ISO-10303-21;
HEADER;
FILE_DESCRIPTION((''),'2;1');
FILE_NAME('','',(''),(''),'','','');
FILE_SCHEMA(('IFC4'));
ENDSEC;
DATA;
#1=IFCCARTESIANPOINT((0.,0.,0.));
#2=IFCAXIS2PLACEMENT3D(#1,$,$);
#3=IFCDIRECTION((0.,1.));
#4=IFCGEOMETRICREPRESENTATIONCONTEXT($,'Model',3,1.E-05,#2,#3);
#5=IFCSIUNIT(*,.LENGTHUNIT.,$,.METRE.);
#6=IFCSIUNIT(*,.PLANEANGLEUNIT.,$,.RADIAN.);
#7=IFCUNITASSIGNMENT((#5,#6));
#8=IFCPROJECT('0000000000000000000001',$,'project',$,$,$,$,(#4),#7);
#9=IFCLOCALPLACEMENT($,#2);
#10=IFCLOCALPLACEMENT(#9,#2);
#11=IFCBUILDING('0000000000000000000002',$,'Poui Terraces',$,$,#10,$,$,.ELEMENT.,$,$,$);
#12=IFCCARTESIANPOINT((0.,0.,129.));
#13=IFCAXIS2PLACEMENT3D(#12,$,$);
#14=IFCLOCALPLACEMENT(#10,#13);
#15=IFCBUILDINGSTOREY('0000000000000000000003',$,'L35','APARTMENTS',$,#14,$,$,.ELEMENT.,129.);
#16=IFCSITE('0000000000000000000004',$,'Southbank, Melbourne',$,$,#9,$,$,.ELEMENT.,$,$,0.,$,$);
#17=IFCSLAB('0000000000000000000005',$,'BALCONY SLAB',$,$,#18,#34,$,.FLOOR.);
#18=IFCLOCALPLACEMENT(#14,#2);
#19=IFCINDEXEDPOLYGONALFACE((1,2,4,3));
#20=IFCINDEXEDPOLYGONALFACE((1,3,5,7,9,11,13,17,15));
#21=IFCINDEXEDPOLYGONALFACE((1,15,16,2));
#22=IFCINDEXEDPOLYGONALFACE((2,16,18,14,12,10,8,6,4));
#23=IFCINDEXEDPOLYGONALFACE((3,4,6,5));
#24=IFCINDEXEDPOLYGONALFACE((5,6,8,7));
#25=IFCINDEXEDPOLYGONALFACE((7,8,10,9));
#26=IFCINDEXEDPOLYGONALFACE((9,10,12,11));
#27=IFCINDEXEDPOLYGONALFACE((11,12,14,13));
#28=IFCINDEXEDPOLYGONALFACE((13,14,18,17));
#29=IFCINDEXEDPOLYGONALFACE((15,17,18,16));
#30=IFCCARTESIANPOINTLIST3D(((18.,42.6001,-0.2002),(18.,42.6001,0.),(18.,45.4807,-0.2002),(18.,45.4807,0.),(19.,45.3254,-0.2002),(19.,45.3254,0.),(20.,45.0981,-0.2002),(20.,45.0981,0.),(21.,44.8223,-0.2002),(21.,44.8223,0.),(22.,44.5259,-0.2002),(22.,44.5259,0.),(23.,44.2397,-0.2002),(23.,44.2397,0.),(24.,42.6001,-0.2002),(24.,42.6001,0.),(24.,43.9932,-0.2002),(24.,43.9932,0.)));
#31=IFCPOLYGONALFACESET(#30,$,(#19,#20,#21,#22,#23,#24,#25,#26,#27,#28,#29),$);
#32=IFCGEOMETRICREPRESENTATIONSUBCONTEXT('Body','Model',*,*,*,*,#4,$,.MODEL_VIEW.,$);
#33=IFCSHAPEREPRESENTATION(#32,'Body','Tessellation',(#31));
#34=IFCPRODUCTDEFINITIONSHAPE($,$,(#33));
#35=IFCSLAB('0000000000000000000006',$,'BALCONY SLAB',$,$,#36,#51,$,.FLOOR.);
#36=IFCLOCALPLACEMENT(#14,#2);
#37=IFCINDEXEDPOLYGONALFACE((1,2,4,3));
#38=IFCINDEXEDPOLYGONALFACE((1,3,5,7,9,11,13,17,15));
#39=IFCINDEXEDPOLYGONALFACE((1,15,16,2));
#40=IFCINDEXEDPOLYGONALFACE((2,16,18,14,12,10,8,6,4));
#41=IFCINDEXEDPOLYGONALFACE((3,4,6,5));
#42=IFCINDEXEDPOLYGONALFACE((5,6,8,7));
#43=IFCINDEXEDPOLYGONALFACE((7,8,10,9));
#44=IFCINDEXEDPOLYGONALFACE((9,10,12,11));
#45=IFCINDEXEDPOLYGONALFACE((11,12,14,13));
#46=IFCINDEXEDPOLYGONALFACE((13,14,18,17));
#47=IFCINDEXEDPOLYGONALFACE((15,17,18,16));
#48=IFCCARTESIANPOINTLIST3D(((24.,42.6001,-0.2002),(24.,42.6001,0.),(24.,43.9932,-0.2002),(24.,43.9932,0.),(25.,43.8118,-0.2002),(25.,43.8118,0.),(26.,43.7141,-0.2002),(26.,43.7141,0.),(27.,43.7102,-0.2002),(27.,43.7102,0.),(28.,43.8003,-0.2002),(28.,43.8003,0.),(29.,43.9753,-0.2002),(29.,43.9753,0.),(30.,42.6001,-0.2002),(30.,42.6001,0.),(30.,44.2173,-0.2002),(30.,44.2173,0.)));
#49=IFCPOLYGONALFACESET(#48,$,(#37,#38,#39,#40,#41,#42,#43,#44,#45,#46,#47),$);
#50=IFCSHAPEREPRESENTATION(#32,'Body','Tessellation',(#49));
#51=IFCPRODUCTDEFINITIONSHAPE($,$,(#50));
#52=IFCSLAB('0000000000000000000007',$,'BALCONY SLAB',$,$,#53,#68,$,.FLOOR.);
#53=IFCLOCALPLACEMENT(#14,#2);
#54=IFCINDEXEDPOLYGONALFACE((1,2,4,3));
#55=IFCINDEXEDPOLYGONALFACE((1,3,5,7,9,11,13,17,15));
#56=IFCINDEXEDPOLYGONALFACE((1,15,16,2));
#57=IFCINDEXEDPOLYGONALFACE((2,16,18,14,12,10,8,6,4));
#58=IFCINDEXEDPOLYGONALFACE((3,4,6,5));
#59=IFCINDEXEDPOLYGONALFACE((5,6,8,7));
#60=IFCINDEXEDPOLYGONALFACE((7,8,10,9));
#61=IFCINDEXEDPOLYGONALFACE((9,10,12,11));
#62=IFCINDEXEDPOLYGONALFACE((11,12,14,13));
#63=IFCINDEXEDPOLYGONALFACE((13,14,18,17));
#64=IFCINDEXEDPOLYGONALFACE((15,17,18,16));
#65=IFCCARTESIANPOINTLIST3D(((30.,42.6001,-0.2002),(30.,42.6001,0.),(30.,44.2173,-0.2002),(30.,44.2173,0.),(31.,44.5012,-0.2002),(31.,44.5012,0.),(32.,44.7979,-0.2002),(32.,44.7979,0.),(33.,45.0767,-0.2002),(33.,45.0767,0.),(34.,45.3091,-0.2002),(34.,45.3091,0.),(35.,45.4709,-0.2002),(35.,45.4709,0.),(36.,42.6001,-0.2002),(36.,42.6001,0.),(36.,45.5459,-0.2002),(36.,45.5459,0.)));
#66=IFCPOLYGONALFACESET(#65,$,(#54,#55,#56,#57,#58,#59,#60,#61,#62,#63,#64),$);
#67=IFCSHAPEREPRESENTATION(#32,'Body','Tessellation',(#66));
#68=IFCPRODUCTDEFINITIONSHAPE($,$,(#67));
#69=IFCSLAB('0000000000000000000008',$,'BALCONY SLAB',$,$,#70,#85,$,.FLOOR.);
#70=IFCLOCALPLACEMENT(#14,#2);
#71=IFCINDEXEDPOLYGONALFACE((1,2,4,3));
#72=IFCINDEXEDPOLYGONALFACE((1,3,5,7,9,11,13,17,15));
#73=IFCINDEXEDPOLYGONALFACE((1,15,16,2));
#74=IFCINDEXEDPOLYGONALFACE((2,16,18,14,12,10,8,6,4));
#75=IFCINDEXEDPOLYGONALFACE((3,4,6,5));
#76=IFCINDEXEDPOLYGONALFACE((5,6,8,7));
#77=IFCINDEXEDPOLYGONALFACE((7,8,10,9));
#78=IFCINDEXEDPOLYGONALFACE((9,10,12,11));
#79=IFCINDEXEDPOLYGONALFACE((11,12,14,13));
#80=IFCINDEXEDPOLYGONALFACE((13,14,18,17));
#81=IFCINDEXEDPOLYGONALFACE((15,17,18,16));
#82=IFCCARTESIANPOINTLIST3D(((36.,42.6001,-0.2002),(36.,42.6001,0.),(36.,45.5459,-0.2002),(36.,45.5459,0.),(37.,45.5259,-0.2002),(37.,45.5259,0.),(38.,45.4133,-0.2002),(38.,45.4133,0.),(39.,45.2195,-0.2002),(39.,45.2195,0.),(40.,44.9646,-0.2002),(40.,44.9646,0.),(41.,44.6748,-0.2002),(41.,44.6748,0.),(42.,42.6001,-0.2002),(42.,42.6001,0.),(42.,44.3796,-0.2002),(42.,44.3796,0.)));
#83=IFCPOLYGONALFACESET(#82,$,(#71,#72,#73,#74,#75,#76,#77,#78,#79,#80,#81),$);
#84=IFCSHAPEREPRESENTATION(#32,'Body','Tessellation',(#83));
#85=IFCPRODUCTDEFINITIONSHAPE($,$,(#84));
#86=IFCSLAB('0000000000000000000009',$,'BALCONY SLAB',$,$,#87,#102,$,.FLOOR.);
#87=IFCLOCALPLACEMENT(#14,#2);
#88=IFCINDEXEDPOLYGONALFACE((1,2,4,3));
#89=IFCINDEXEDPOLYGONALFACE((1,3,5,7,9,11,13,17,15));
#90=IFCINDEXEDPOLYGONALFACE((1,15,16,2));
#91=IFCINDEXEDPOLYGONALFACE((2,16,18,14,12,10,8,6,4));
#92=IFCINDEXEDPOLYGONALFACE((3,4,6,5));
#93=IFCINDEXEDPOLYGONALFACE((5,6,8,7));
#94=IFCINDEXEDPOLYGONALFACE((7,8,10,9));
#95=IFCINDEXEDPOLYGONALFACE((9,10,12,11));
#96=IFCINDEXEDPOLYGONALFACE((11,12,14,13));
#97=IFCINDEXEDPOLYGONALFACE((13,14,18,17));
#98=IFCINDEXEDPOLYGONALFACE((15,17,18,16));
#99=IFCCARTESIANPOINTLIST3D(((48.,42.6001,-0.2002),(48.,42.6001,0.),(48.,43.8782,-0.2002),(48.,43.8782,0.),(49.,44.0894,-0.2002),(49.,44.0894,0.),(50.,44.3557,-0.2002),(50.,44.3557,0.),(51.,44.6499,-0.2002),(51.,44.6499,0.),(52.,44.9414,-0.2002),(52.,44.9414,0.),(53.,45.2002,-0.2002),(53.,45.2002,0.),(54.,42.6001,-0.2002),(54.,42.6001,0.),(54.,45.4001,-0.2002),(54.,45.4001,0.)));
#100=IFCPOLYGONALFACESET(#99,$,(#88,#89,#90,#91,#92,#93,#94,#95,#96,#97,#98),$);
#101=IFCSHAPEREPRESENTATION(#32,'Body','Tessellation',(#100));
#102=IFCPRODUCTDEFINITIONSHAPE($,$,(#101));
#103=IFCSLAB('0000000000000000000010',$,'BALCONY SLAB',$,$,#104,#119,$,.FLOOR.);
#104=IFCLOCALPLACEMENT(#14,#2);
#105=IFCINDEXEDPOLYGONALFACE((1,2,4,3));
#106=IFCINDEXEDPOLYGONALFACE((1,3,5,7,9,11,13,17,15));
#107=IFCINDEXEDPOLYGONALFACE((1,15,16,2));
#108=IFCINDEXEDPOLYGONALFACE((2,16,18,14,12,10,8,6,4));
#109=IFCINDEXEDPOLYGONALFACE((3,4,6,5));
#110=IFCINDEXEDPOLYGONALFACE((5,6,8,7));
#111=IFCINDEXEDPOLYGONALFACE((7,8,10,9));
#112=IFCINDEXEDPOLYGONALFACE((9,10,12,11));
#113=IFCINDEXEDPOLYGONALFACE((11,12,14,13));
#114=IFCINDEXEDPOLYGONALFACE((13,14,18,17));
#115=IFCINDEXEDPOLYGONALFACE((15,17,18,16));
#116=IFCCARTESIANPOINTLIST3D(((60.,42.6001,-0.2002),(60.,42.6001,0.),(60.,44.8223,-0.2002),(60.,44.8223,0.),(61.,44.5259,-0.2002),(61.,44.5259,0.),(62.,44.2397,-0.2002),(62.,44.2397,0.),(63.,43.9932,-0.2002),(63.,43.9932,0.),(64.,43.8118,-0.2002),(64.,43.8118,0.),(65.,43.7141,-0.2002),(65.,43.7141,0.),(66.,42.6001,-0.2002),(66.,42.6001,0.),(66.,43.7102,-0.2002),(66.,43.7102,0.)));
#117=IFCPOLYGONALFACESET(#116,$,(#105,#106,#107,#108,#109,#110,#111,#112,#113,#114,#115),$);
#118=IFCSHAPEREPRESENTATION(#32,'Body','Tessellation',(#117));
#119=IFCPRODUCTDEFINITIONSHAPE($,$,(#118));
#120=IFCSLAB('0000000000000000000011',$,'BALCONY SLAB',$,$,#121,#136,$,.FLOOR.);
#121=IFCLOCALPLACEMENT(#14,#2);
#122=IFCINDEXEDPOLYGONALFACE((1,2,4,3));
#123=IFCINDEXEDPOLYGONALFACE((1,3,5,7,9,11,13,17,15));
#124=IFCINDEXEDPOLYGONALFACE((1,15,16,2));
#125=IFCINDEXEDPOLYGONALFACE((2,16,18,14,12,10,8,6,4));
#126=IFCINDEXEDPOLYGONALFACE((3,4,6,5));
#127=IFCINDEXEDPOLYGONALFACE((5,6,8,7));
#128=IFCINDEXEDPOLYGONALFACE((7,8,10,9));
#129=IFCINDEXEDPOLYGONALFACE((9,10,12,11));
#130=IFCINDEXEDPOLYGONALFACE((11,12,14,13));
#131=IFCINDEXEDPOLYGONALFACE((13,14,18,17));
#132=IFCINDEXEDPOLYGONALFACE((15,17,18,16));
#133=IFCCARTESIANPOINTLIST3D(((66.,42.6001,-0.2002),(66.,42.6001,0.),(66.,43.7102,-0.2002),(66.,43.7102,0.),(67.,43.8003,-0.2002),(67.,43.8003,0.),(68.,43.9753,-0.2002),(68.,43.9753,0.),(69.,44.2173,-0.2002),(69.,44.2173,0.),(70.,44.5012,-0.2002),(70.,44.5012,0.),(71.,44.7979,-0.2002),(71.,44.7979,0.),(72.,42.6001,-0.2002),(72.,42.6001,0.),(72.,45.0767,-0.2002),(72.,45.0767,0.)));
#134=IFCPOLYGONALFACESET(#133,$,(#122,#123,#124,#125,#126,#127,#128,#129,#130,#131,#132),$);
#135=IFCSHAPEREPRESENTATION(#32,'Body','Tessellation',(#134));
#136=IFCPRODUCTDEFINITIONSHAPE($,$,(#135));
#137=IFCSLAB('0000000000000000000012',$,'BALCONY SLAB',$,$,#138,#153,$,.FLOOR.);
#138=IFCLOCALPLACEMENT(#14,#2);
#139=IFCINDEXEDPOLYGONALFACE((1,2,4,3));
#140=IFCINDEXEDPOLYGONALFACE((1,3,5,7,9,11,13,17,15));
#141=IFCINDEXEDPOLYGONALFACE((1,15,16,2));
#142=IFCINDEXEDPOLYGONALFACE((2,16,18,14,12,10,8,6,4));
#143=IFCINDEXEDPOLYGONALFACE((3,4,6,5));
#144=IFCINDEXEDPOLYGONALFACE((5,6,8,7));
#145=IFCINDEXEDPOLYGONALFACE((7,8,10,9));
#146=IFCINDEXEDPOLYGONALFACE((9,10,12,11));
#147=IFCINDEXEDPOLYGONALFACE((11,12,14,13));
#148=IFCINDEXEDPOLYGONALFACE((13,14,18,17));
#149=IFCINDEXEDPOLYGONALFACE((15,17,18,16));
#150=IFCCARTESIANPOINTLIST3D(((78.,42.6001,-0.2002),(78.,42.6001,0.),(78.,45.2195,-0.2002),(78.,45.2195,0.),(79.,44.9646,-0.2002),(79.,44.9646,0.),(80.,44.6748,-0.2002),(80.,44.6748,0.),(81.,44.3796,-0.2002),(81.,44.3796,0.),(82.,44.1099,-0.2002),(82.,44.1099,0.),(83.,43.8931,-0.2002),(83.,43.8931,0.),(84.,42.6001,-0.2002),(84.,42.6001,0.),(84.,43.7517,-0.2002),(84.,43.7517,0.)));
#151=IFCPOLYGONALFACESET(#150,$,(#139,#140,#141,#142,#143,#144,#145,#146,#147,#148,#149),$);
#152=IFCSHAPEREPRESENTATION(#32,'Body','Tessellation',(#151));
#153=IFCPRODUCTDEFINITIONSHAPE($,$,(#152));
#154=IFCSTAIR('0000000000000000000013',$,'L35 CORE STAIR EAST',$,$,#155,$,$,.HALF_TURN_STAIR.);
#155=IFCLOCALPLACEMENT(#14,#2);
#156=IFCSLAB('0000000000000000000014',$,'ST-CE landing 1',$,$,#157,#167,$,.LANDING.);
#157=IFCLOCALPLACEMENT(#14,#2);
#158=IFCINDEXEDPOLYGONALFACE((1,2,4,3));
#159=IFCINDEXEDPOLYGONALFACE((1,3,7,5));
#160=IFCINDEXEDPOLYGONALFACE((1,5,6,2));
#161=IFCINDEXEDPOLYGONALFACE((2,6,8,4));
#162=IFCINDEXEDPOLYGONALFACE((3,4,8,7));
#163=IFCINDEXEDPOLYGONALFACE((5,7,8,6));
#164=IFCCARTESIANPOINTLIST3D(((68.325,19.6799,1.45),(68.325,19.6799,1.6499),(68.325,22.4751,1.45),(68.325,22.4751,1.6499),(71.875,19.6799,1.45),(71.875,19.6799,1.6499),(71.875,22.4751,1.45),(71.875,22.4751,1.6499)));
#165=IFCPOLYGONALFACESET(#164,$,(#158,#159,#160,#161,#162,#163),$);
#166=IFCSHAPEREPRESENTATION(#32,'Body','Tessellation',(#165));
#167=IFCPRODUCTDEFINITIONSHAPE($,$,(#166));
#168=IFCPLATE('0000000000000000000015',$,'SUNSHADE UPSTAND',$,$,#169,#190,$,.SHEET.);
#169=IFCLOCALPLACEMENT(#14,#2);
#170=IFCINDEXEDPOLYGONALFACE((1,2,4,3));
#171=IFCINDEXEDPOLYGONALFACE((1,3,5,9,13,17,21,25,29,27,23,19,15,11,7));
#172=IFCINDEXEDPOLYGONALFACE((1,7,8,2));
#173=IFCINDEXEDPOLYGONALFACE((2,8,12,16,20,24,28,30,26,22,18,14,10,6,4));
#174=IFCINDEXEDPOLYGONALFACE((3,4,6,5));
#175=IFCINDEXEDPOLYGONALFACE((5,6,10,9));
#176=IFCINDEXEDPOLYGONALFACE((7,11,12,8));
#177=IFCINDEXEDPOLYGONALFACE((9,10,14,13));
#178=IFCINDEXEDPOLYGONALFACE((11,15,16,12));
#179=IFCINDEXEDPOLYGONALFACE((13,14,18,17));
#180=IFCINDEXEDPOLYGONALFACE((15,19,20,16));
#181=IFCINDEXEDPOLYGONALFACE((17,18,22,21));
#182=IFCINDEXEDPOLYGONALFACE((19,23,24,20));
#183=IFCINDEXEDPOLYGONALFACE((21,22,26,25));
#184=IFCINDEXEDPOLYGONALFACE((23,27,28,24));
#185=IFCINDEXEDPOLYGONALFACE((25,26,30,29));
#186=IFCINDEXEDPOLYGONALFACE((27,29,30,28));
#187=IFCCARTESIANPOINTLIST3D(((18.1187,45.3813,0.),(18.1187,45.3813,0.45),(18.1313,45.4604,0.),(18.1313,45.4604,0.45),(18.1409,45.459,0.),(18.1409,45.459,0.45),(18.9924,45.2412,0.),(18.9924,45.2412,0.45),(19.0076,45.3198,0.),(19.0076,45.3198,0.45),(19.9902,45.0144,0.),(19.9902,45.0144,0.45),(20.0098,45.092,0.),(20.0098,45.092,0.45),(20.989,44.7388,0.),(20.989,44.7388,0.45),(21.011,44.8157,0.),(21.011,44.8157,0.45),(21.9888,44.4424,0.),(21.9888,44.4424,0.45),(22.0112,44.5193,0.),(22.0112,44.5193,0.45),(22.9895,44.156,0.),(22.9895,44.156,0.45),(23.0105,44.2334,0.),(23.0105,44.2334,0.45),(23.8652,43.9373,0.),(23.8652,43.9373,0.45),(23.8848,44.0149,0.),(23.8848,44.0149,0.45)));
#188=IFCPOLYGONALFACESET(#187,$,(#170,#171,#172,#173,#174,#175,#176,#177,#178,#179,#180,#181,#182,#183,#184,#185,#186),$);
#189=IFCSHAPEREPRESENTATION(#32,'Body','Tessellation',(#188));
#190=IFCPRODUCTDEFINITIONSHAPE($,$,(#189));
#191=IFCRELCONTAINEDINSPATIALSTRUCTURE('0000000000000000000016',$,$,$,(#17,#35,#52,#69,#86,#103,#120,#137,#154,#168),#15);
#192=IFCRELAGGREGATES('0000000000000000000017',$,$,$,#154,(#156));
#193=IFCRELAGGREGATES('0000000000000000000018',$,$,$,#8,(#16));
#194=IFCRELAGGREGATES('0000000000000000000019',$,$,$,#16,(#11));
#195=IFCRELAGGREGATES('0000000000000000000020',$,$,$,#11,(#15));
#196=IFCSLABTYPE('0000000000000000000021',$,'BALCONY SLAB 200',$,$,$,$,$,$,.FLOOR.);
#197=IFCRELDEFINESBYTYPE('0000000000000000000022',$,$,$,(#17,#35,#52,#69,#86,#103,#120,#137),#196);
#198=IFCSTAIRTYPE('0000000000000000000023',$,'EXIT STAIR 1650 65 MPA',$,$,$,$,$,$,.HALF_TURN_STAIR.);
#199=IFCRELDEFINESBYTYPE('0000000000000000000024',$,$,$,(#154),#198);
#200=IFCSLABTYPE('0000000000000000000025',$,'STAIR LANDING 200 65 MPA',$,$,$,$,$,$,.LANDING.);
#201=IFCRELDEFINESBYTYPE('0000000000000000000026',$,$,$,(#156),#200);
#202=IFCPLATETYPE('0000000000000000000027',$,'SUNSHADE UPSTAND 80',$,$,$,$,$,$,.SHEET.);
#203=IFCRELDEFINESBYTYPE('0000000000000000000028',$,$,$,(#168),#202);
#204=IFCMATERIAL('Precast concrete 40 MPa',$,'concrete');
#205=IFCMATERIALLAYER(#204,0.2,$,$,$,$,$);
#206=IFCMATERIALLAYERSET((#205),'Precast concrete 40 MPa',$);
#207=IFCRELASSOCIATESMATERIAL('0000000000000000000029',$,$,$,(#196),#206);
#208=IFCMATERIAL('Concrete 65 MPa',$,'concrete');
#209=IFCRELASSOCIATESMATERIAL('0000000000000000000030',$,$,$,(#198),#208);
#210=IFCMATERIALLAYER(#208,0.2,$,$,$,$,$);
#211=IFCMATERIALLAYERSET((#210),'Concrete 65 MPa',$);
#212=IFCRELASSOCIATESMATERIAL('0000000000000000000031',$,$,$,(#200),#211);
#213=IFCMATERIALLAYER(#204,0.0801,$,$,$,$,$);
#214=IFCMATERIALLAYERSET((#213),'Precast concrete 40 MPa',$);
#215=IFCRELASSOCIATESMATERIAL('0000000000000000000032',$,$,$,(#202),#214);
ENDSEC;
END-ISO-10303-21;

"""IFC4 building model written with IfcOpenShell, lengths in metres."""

from ifc_helpers import new_model, si_unit, direction, frame, origin, place, context, subcontext, project, spatial, polyline, outline, extrude, material, layer, layer_set, type_object, element, aggregate, save


model = new_model("IFC4")

# Units and contexts
model_context = context("Model", 3, precision=1e-05, world=origin(), true_north=direction((0.0, 1.0)))
body_context = subcontext(model_context, "Body", "Model", "MODEL_VIEW")
ifc_project = project(units=[si_unit("LENGTHUNIT", "METRE"), si_unit("PLANEANGLEUNIT", "RADIAN")], contexts=[model_context])

# Site, building, storey
site_placement = place(None, origin())
site = spatial("IfcSite", under=ifc_project, at=site_placement, Name="Southbank, Melbourne", CompositionType="ELEMENT", RefElevation=0.0)
building_placement = place(site_placement, origin())
building = spatial("IfcBuilding", under=site, at=building_placement, Name="Poui Terraces", CompositionType="ELEMENT")
storey_placement = place(building_placement, frame((0.0, 0.0, 129.0)))
storey = spatial("IfcBuildingStorey", under=building, at=storey_placement, Name="L35", Description="APARTMENTS", CompositionType="ELEMENT", Elevation=129.0)

# Slabs
ifc_material_1 = material(Name="Precast concrete 40 MPa", Category="concrete")
ifc_layer_1 = layer(ifc_material_1, 0.2)
ifc_layer_set_1 = layer_set([ifc_layer_1], Name="Precast concrete 40 MPa")
slab_type_1 = type_object("IfcSlabType", Name="BALCONY SLAB 200", PredefinedType="FLOOR", material=ifc_layer_set_1)
slab_1_placement = place(storey_placement, frame((0.0, 0.0, -0.2002)))
element("IfcSlab", 1, at=slab_1_placement, inside=storey, type_object=slab_type_1, Name="BALCONY SLAB", PredefinedType="FLOOR", context=body_context, shape_type="SweptSolid", body=[
    extrude(outline(polyline([(18.0, 42.6001), (24.0, 42.6001), (24.0, 43.9932), (23.0, 44.2397), (22.0, 44.5259), (21.0, 44.8223), (20.0, 45.0981), (19.0, 45.3254), (18.0, 45.4807), (18.0, 42.6001)])), origin(), (0.0, 0.0, 1.0), 0.2002),
])
slab_2_placement = place(storey_placement, frame((0.0, 0.0, -0.2002)))
element("IfcSlab", 2, at=slab_2_placement, inside=storey, type_object=slab_type_1, Name="BALCONY SLAB", PredefinedType="FLOOR", context=body_context, shape_type="SweptSolid", body=[
    extrude(outline(polyline([(24.0, 42.6001), (30.0, 42.6001), (30.0, 44.2173), (29.0, 43.9753), (28.0, 43.8003), (27.0, 43.7102), (26.0, 43.7141), (25.0, 43.8118), (24.0, 43.9932), (24.0, 42.6001)])), origin(), (0.0, 0.0, 1.0), 0.2002),
])
slab_3_placement = place(storey_placement, frame((0.0, 0.0, -0.2002)))
element("IfcSlab", 3, at=slab_3_placement, inside=storey, type_object=slab_type_1, Name="BALCONY SLAB", PredefinedType="FLOOR", context=body_context, shape_type="SweptSolid", body=[
    extrude(outline(polyline([(30.0, 42.6001), (36.0, 42.6001), (36.0, 45.5459), (35.0, 45.4709), (34.0, 45.3091), (33.0, 45.0767), (32.0, 44.7979), (31.0, 44.5012), (30.0, 44.2173), (30.0, 42.6001)])), origin(), (0.0, 0.0, 1.0), 0.2002),
])
slab_4_placement = place(storey_placement, frame((0.0, 0.0, -0.2002)))
element("IfcSlab", 4, at=slab_4_placement, inside=storey, type_object=slab_type_1, Name="BALCONY SLAB", PredefinedType="FLOOR", context=body_context, shape_type="SweptSolid", body=[
    extrude(outline(polyline([(36.0, 42.6001), (42.0, 42.6001), (42.0, 44.3796), (41.0, 44.6748), (40.0, 44.9646), (39.0, 45.2195), (38.0, 45.4133), (37.0, 45.5259), (36.0, 45.5459), (36.0, 42.6001)])), origin(), (0.0, 0.0, 1.0), 0.2002),
])
slab_5_placement = place(storey_placement, frame((0.0, 0.0, -0.2002)))
element("IfcSlab", 5, at=slab_5_placement, inside=storey, type_object=slab_type_1, Name="BALCONY SLAB", PredefinedType="FLOOR", context=body_context, shape_type="SweptSolid", body=[
    extrude(outline(polyline([(48.0, 42.6001), (54.0, 42.6001), (54.0, 45.4001), (53.0, 45.2002), (52.0, 44.9414), (51.0, 44.6499), (50.0, 44.3557), (49.0, 44.0894), (48.0, 43.8782), (48.0, 42.6001)])), origin(), (0.0, 0.0, 1.0), 0.2002),
])
slab_6_placement = place(storey_placement, frame((0.0, 0.0, -0.2002)))
element("IfcSlab", 6, at=slab_6_placement, inside=storey, type_object=slab_type_1, Name="BALCONY SLAB", PredefinedType="FLOOR", context=body_context, shape_type="SweptSolid", body=[
    extrude(outline(polyline([(60.0, 42.6001), (66.0, 42.6001), (66.0, 43.7102), (65.0, 43.7141), (64.0, 43.8118), (63.0, 43.9932), (62.0, 44.2397), (61.0, 44.5259), (60.0, 44.8223), (60.0, 42.6001)])), origin(), (0.0, 0.0, 1.0), 0.2002),
])
slab_7_placement = place(storey_placement, frame((0.0, 0.0, -0.2002)))
element("IfcSlab", 7, at=slab_7_placement, inside=storey, type_object=slab_type_1, Name="BALCONY SLAB", PredefinedType="FLOOR", context=body_context, shape_type="SweptSolid", body=[
    extrude(outline(polyline([(66.0, 42.6001), (72.0, 42.6001), (72.0, 45.0767), (71.0, 44.7979), (70.0, 44.5012), (69.0, 44.2173), (68.0, 43.9753), (67.0, 43.8003), (66.0, 43.7102), (66.0, 42.6001)])), origin(), (0.0, 0.0, 1.0), 0.2002),
])
slab_8_placement = place(storey_placement, frame((0.0, 0.0, -0.2002)))
element("IfcSlab", 8, at=slab_8_placement, inside=storey, type_object=slab_type_1, Name="BALCONY SLAB", PredefinedType="FLOOR", context=body_context, shape_type="SweptSolid", body=[
    extrude(outline(polyline([(78.0, 42.6001), (84.0, 42.6001), (84.0, 43.7517), (83.0, 43.8931), (82.0, 44.1099), (81.0, 44.3796), (80.0, 44.6748), (79.0, 44.9646), (78.0, 45.2195), (78.0, 42.6001)])), origin(), (0.0, 0.0, 1.0), 0.2002),
])

# Stair, slab
ifc_material_2 = material(Name="Concrete 65 MPa", Category="concrete")
stair_type = type_object("IfcStairType", Name="EXIT STAIR 1650 65 MPA", PredefinedType="HALF_TURN_STAIR", material=ifc_material_2)
stair_placement = place(storey_placement, origin())
stair = element("IfcStair", 9, at=stair_placement, inside=storey, type_object=stair_type, Name="L35 CORE STAIR EAST", PredefinedType="HALF_TURN_STAIR")
ifc_layer_2 = layer(ifc_material_2, 0.2)
ifc_layer_set_2 = layer_set([ifc_layer_2], Name="Concrete 65 MPa")
slab_type_2 = type_object("IfcSlabType", Name="STAIR LANDING 200 65 MPA", PredefinedType="LANDING", material=ifc_layer_set_2)
slab_9_placement = place(storey_placement, frame((0.0, 0.0, 1.45)))
slab_9 = element("IfcSlab", 10, at=slab_9_placement, type_object=slab_type_2, Name="ST-CE landing 1", PredefinedType="LANDING", context=body_context, shape_type="SweptSolid", body=[
    extrude(outline(polyline([(68.325, 19.6799), (71.875, 19.6799), (71.875, 22.4751), (68.325, 22.4751), (68.325, 19.6799)])), origin(), (0.0, 0.0, 1.0), 0.2),
])
aggregate(stair, [slab_9])

# Plate
ifc_layer_3 = layer(ifc_material_1, 0.0801)
ifc_layer_set_3 = layer_set([ifc_layer_3], Name="Precast concrete 40 MPa")
plate_type = type_object("IfcPlateType", Name="SUNSHADE UPSTAND 80", PredefinedType="SHEET", material=ifc_layer_set_3)
plate_1_placement = place(storey_placement, origin())
element("IfcPlate", 11, at=plate_1_placement, inside=storey, type_object=plate_type, Name="SUNSHADE UPSTAND", PredefinedType="SHEET", context=body_context, shape_type="SweptSolid", body=[
    extrude(outline(polyline([(19.0076, 45.3198), (18.1409, 45.459), (18.1313, 45.4604), (18.1187, 45.3813), (18.9924, 45.2412), (19.9902, 45.0144), (20.989, 44.7388), (21.9888, 44.4424), (22.9895, 44.156), (23.8652, 43.9373), (23.8848, 44.0149), (23.0105, 44.2334), (22.0112, 44.5193), (21.011, 44.8157), (20.0098, 45.092), (19.0076, 45.3198)])), origin(), (0.0, 0.0, 1.0), 0.45),
])

save(model, "model.ifc")
